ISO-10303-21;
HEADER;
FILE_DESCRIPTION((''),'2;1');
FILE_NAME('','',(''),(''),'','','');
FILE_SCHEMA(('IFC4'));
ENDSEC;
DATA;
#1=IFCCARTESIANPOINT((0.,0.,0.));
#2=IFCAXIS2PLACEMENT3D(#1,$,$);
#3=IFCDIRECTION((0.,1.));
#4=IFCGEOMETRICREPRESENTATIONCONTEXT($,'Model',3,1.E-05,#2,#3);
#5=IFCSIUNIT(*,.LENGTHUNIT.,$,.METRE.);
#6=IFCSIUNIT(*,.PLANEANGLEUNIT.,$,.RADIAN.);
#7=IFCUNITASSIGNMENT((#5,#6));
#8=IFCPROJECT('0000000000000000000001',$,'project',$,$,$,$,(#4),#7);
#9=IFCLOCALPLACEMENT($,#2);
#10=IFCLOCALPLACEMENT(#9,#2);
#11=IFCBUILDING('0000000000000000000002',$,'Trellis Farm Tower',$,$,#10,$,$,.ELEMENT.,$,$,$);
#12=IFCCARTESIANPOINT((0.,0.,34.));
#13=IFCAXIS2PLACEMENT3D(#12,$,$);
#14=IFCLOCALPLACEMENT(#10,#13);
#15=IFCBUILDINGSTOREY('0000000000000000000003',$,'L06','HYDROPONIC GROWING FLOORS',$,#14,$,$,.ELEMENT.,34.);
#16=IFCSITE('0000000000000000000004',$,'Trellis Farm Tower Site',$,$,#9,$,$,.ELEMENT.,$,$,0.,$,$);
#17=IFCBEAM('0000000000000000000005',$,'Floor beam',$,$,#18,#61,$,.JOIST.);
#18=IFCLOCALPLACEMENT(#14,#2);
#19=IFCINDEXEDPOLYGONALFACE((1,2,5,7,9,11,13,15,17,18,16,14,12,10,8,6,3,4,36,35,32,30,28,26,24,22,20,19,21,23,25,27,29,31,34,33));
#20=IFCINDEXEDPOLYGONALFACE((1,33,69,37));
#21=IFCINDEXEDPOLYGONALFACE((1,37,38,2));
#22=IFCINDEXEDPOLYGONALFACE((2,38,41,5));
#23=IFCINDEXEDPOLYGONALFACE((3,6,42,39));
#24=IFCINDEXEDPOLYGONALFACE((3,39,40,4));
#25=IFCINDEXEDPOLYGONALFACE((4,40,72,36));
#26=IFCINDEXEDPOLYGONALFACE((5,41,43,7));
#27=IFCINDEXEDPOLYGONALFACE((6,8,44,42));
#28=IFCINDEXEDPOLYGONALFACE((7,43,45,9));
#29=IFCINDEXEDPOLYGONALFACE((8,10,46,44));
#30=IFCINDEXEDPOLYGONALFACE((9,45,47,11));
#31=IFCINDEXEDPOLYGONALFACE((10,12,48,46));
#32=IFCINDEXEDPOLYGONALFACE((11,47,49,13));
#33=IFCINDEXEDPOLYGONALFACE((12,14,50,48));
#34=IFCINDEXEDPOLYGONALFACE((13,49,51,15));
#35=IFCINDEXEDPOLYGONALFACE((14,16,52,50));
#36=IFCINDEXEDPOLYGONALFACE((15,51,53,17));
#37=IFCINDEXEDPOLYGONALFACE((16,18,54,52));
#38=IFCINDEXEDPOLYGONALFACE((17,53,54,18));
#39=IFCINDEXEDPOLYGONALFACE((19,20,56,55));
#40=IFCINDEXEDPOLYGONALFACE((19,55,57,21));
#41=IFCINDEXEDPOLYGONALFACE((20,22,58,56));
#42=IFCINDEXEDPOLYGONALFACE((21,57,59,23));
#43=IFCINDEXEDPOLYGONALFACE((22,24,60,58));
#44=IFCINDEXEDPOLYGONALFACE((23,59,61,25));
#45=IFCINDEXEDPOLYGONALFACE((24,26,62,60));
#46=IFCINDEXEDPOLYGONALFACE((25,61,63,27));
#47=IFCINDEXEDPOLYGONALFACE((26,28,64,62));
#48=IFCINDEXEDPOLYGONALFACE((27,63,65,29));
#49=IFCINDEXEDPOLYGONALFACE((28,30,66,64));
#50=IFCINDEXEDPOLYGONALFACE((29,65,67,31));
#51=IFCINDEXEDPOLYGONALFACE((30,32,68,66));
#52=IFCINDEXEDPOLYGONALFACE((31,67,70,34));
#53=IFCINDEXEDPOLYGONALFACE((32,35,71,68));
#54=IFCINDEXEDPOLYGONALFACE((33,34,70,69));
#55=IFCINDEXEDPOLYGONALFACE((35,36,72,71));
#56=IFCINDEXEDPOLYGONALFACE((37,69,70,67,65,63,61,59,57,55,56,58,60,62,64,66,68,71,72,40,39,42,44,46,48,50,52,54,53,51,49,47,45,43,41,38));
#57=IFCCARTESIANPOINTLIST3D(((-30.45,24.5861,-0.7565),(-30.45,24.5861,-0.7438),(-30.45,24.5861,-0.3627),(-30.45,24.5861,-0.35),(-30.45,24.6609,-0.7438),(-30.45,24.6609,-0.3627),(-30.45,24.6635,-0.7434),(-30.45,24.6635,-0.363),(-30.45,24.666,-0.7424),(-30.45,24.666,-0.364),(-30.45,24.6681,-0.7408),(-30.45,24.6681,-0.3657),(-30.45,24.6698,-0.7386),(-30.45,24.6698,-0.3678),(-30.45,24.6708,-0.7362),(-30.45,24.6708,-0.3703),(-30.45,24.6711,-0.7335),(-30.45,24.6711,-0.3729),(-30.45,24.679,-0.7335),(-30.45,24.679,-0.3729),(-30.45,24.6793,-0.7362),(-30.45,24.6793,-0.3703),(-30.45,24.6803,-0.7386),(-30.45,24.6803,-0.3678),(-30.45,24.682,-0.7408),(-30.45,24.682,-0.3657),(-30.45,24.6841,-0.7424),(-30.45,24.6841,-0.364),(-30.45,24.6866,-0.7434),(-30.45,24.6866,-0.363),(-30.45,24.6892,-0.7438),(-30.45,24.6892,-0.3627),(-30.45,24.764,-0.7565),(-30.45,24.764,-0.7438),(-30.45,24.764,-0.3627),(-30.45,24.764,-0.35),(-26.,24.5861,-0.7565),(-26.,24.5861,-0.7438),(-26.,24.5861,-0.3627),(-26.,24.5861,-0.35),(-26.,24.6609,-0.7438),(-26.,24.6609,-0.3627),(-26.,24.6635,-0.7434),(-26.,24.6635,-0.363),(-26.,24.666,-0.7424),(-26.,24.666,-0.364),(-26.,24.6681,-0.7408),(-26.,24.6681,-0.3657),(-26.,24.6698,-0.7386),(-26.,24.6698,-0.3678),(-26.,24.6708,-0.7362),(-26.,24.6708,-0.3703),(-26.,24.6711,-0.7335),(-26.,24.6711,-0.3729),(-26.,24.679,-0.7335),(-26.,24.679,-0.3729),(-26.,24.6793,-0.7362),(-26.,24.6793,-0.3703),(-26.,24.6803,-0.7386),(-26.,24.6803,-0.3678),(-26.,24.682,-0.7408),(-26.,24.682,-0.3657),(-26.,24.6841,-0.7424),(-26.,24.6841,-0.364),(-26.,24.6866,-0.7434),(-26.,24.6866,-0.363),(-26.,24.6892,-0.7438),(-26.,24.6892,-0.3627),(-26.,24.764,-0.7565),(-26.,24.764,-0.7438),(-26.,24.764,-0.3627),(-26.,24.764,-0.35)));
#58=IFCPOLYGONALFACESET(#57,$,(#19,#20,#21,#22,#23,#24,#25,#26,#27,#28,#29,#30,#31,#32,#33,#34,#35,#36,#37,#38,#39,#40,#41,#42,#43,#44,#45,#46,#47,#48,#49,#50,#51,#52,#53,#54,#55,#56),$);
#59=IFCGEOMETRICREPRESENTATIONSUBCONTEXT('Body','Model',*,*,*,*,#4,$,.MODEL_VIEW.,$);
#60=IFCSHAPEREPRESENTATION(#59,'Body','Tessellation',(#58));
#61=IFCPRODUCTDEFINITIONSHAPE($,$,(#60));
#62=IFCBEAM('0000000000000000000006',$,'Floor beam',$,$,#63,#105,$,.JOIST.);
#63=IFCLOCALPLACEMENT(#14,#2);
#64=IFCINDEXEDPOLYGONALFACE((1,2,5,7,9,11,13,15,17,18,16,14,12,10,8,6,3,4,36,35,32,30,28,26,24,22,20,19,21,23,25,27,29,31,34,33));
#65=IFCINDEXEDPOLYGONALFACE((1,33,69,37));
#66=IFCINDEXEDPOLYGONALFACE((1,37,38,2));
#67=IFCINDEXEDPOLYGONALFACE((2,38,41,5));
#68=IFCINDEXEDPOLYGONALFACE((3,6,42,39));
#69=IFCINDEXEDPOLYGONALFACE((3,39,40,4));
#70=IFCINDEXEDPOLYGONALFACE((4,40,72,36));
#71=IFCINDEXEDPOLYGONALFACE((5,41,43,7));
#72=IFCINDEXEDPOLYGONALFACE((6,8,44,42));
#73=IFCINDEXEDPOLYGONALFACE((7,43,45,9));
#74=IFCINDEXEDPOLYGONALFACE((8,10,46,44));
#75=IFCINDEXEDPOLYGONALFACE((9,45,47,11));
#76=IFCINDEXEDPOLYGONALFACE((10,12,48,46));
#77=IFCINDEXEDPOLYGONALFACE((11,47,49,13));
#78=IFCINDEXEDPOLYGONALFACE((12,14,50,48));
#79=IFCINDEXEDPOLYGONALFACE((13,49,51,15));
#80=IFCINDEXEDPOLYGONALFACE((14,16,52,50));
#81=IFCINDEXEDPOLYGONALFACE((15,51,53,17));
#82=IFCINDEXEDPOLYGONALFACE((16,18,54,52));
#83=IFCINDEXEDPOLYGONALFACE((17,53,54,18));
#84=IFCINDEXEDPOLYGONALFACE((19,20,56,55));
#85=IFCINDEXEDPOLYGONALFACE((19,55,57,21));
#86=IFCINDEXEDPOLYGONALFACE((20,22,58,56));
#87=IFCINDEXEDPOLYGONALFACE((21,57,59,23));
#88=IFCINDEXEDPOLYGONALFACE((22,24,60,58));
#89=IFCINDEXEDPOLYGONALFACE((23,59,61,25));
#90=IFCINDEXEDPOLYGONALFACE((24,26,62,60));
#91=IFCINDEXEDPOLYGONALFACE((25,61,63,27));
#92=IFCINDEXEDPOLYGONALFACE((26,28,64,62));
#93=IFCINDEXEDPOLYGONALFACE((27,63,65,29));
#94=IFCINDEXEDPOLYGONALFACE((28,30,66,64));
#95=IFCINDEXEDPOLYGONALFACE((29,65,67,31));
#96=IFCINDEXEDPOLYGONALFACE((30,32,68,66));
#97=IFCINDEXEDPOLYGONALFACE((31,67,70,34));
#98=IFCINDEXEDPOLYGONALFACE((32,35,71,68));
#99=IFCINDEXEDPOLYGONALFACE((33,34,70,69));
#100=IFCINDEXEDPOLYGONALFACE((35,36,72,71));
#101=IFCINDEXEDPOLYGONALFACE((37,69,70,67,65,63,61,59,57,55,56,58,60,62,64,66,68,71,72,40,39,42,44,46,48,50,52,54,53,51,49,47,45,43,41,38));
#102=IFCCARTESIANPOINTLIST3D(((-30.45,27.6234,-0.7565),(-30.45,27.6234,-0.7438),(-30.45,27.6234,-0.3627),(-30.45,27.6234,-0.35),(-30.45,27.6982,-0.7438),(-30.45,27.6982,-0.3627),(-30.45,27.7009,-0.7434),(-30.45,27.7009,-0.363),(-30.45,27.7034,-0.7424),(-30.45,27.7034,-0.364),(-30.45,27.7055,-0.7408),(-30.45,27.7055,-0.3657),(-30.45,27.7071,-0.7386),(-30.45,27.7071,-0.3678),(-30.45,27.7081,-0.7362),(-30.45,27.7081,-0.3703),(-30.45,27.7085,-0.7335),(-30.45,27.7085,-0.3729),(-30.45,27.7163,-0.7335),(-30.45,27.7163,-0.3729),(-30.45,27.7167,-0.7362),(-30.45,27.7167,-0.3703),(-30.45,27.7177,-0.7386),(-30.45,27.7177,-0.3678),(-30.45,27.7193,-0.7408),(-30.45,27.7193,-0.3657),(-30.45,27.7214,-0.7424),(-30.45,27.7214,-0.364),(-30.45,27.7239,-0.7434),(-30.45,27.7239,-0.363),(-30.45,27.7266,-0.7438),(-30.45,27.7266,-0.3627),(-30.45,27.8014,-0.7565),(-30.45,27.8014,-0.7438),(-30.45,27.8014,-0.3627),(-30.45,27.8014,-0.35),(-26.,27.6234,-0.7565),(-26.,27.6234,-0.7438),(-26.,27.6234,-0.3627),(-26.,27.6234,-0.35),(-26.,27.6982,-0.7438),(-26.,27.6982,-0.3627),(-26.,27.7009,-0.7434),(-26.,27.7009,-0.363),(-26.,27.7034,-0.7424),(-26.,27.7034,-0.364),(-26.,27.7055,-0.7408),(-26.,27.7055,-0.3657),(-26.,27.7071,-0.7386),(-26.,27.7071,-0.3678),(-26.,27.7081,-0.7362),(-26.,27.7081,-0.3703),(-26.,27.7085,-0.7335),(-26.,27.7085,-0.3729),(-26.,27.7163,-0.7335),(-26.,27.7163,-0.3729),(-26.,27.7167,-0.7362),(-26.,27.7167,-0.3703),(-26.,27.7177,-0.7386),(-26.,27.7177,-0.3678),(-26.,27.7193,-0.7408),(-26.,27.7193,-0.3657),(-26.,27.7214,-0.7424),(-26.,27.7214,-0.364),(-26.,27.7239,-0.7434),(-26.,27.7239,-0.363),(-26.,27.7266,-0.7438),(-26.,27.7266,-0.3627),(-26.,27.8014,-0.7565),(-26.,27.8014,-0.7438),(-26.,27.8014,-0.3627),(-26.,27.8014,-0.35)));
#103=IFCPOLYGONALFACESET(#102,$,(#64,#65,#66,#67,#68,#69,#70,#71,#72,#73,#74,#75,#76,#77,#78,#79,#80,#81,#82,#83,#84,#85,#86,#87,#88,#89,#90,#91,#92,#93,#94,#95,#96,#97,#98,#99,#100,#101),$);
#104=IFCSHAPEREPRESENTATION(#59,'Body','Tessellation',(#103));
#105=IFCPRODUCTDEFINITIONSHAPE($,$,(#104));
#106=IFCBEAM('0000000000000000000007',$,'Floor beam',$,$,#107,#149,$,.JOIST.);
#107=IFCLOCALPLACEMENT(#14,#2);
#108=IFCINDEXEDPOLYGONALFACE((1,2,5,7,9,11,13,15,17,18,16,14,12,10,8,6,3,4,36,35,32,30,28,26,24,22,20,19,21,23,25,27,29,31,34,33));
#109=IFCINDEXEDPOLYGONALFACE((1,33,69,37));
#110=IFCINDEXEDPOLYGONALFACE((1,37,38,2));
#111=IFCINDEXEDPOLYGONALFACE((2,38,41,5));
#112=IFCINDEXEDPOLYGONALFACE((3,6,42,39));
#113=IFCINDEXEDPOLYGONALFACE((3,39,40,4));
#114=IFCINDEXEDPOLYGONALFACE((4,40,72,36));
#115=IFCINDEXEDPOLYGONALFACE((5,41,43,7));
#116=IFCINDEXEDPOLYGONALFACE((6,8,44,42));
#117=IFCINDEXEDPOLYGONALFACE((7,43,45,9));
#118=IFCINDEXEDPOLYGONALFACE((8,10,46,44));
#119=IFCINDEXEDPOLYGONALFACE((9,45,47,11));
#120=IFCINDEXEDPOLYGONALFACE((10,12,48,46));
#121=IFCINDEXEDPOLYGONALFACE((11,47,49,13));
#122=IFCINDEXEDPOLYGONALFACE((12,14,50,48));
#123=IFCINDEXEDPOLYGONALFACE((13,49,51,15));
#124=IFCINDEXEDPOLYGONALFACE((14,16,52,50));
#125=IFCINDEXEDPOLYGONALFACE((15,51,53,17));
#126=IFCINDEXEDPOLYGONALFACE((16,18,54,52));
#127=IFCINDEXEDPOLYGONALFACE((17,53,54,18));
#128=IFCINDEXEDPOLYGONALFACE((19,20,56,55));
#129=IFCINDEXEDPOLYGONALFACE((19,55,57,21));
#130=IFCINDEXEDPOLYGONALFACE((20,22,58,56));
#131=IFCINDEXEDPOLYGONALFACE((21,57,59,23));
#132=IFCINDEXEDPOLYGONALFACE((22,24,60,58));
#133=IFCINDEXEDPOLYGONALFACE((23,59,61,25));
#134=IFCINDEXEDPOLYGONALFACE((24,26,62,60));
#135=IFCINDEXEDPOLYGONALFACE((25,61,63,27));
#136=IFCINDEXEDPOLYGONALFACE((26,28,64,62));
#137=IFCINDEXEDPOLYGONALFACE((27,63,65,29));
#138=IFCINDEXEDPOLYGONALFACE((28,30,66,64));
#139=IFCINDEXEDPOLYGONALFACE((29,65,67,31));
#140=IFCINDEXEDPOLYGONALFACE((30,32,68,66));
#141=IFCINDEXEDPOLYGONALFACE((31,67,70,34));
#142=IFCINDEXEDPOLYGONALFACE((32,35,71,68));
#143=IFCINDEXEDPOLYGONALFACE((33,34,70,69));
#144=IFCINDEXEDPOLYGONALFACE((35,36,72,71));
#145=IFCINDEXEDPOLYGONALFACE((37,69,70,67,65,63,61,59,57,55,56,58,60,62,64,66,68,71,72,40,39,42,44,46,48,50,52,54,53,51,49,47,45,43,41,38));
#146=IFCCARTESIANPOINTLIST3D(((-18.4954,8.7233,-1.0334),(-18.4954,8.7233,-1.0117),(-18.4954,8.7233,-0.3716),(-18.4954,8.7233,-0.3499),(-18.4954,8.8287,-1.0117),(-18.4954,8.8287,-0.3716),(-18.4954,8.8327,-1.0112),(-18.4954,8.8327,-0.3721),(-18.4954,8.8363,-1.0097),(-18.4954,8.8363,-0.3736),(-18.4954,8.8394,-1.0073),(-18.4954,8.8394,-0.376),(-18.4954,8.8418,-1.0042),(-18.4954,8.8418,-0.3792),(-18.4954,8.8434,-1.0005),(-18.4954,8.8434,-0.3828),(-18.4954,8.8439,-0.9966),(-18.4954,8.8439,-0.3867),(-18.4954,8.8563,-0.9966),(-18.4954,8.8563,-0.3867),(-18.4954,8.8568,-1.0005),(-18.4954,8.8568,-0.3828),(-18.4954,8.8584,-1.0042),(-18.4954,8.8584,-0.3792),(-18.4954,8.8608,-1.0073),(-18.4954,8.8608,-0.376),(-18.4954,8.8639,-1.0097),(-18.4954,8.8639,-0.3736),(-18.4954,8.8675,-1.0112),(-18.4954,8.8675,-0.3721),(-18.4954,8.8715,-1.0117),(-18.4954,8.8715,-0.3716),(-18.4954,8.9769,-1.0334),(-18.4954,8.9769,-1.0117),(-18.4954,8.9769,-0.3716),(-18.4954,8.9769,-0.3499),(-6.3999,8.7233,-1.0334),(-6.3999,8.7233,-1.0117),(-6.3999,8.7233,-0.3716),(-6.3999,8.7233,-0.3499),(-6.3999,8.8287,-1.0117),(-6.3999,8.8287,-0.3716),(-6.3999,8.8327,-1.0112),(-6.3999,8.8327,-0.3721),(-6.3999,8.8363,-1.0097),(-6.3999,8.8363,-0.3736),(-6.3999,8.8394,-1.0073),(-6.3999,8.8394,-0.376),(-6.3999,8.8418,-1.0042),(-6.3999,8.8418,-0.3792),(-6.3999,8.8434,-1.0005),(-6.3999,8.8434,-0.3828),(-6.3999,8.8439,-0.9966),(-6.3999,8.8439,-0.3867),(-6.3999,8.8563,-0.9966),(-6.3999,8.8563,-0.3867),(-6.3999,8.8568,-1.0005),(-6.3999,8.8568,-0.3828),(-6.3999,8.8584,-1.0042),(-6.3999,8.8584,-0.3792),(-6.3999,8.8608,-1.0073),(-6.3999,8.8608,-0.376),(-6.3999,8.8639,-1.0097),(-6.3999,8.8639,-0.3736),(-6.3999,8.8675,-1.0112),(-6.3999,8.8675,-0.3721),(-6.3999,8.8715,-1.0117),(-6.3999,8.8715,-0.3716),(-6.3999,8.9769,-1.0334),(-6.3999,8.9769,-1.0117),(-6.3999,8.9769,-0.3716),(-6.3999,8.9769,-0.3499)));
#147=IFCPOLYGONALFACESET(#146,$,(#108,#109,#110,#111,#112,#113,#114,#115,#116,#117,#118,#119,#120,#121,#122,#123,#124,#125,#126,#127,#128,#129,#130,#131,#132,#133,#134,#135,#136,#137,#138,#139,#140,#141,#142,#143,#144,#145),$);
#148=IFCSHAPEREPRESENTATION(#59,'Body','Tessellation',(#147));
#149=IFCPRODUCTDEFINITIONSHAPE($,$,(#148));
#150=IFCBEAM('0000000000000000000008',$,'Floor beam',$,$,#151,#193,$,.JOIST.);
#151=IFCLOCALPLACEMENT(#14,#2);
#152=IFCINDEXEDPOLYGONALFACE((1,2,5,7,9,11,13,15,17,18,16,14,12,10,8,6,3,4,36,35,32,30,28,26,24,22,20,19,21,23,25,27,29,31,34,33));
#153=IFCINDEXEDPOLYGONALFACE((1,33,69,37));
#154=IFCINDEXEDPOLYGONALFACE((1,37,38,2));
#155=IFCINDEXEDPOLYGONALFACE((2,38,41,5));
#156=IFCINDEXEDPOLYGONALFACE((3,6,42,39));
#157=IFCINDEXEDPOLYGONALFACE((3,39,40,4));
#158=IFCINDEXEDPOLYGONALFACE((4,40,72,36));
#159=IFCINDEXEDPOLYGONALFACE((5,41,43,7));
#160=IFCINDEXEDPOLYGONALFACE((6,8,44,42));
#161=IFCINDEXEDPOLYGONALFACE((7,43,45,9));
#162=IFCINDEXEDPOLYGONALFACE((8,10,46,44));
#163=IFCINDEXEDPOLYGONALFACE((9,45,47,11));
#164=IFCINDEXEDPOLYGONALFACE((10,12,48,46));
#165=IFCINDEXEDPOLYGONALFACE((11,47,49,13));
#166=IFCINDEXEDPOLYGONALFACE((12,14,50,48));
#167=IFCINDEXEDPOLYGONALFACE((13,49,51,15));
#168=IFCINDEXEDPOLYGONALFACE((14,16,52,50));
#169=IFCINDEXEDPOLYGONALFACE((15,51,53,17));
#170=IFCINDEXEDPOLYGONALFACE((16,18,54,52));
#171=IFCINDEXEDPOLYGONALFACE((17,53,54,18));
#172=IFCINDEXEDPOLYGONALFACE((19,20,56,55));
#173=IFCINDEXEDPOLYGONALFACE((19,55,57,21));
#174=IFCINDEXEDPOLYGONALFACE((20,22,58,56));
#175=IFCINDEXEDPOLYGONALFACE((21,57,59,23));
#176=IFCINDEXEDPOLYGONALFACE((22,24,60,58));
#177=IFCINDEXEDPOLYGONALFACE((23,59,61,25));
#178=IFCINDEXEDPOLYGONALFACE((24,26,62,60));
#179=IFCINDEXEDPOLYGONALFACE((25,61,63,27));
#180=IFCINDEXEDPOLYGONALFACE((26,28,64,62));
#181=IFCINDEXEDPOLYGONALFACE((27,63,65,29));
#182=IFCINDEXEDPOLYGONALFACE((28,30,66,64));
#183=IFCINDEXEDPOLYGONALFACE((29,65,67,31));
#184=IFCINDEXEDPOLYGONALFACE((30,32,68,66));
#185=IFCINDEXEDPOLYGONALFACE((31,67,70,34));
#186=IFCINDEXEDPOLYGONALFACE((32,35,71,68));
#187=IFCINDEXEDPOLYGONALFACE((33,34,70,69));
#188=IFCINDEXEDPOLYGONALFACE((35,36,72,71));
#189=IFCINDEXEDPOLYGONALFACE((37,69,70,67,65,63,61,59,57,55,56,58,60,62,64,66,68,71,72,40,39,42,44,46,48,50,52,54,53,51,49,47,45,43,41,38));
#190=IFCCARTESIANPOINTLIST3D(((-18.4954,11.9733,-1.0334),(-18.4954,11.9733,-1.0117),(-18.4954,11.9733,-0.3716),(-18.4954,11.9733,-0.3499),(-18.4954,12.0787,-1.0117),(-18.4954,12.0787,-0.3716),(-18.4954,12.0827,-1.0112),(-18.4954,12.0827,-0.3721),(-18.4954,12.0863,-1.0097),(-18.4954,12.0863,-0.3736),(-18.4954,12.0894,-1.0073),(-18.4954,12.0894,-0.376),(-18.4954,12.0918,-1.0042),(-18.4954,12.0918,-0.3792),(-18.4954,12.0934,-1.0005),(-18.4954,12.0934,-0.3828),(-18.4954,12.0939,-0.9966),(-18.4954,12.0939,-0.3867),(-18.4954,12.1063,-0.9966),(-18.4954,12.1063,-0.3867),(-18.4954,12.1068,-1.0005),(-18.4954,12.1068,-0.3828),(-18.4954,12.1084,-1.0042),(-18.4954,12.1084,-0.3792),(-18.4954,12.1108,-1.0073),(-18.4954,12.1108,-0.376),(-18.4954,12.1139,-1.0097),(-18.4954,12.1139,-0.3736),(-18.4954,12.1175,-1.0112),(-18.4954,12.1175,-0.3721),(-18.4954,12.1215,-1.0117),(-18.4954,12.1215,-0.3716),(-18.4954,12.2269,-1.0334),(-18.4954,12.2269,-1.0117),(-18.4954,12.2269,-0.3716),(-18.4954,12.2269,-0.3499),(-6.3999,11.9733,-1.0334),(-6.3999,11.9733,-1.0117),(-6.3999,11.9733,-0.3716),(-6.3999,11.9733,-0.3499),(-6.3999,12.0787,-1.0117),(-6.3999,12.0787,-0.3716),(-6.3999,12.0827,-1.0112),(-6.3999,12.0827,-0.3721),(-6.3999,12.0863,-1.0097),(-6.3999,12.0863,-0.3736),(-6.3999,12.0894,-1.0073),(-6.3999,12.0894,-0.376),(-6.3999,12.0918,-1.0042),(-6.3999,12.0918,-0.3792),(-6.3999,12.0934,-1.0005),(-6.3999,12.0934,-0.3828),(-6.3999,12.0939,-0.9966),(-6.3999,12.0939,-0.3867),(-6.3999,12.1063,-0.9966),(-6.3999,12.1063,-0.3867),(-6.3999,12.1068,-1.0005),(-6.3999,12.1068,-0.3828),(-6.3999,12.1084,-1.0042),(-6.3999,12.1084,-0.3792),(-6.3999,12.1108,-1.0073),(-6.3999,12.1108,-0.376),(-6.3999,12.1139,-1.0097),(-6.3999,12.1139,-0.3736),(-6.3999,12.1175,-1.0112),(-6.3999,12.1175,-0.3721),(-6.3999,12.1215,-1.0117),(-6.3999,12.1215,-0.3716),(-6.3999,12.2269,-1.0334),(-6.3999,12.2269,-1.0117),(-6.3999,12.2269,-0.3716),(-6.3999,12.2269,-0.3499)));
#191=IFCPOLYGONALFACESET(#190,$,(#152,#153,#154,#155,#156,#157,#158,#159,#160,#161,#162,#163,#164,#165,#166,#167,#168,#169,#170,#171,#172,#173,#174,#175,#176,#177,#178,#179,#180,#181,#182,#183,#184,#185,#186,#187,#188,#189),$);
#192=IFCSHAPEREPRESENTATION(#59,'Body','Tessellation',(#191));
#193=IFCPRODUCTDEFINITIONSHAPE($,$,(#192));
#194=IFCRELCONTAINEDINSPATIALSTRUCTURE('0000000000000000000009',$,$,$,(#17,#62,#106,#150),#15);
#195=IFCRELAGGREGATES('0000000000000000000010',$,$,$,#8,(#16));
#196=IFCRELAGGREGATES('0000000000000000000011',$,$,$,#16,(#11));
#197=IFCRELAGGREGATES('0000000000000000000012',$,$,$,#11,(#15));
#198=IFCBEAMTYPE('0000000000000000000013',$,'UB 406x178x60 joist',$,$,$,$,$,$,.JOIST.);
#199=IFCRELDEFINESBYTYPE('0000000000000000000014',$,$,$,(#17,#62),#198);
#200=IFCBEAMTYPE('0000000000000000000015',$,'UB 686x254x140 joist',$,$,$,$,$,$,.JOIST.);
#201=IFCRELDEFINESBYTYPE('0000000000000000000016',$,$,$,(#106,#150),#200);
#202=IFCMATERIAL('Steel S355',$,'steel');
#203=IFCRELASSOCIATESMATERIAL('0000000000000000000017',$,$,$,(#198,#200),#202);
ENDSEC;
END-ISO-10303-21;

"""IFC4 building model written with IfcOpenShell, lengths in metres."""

from ifc_helpers import new_model, si_unit, direction, frame, origin, origin_2d, place, context, subcontext, project, spatial, i_section, extrude, source, transform, mapped, material, material_profile, profile_set, type_object, element, save


model = new_model("IFC4")

# Units and contexts
model_context = context("Model", 3, precision=1e-05, world=origin(), true_north=direction((0.0, 1.0)))
body_context = subcontext(model_context, "Body", "Model", "MODEL_VIEW")
ifc_project = project(units=[si_unit("LENGTHUNIT", "METRE"), si_unit("PLANEANGLEUNIT", "RADIAN")], contexts=[model_context])

# Site, building, storey
site_placement = place(None, origin())
site = spatial("IfcSite", under=ifc_project, at=site_placement, Name="Trellis Farm Tower Site", CompositionType="ELEMENT", RefElevation=0.0)
building_placement = place(site_placement, origin())
building = spatial("IfcBuilding", under=site, at=building_placement, Name="Trellis Farm Tower", CompositionType="ELEMENT")
storey_placement = place(building_placement, frame((0.0, 0.0, 34.0)))
storey = spatial("IfcBuildingStorey", under=building, at=storey_placement, Name="L06", Description="HYDROPONIC GROWING FLOORS", CompositionType="ELEMENT", Elevation=34.0)

# Beams
ifc_material_1 = material(Name="Steel S355", Category="steel")
ifc_material_profile_1 = material_profile(ifc_material_1, i_section(OverallWidth=0.178, OverallDepth=0.4065, WebThickness=0.0078, FlangeThickness=0.0127, FilletRadius=0.0103, at=origin_2d()), Name="UB 406x178x60")
ifc_profile_set_1 = profile_set([ifc_material_profile_1], Name="Steel S355")
beam_type_1 = type_object("IfcBeamType", Name="UB 406x178x60 joist", PredefinedType="JOIST", material=ifc_profile_set_1)
ifc_material_profile_2 = material_profile(ifc_material_1, i_section(OverallWidth=0.2537, OverallDepth=0.6836, WebThickness=0.0125, FlangeThickness=0.0217, FilletRadius=0.0151, at=origin_2d()), Name="UB 686x254x140")
ifc_profile_set_2 = profile_set([ifc_material_profile_2], Name="Steel S355")
beam_type_2 = type_object("IfcBeamType", Name="UB 686x254x140 joist", PredefinedType="JOIST", material=ifc_profile_set_2)
shared_shape_1 = source(origin(), body_context, "Body", "SweptSolid", [
    extrude(i_section(OverallWidth=0.178, OverallDepth=0.4065, WebThickness=0.0078, FlangeThickness=0.0127, FilletRadius=0.0103, at=origin_2d()), origin(), (0.0, 0.0, 1.0), 4.45),
])
for number, where, z_axis, x_axis, name in (
    (1, (-30.45, 24.675, -0.5532), (1.0, 0.0, 0.0), (0.0, 1.0, 0.0), "Floor beam"),
    (2, (-30.45, 27.7124, -0.5532), (1.0, 0.0, 0.0), (0.0, 1.0, 0.0), "Floor beam"),
):
    element("IfcBeam", number, at=place(storey_placement, frame(where, z_axis=z_axis, x_axis=x_axis)), inside=storey, type_object=beam_type_1, Name=name, PredefinedType="JOIST", context=body_context, shape_type="MappedRepresentation", body=[
        mapped(shared_shape_1, transform((0.0, 0.0, 0.0))),
    ])
shared_shape_2 = source(origin(), body_context, "Body", "SweptSolid", [
    extrude(i_section(OverallWidth=0.2537, OverallDepth=0.6836, WebThickness=0.0125, FlangeThickness=0.0217, FilletRadius=0.0151, at=origin_2d()), origin(), (0.0, 0.0, 1.0), 12.0955),
])
for number, where, z_axis, x_axis, name in (
    (3, (-18.4954, 8.8501, -0.6917), (1.0, 0.0, 0.0), (0.0, 1.0, 0.0), "Floor beam"),
    (4, (-18.4954, 12.1001, -0.6917), (1.0, 0.0, 0.0), (0.0, 1.0, 0.0), "Floor beam"),
):
    element("IfcBeam", number, at=place(storey_placement, frame(where, z_axis=z_axis, x_axis=x_axis)), inside=storey, type_object=beam_type_2, Name=name, PredefinedType="JOIST", context=body_context, shape_type="MappedRepresentation", body=[
        mapped(shared_shape_2, transform((0.0, 0.0, 0.0))),
    ])

save(model, "model.ifc")
